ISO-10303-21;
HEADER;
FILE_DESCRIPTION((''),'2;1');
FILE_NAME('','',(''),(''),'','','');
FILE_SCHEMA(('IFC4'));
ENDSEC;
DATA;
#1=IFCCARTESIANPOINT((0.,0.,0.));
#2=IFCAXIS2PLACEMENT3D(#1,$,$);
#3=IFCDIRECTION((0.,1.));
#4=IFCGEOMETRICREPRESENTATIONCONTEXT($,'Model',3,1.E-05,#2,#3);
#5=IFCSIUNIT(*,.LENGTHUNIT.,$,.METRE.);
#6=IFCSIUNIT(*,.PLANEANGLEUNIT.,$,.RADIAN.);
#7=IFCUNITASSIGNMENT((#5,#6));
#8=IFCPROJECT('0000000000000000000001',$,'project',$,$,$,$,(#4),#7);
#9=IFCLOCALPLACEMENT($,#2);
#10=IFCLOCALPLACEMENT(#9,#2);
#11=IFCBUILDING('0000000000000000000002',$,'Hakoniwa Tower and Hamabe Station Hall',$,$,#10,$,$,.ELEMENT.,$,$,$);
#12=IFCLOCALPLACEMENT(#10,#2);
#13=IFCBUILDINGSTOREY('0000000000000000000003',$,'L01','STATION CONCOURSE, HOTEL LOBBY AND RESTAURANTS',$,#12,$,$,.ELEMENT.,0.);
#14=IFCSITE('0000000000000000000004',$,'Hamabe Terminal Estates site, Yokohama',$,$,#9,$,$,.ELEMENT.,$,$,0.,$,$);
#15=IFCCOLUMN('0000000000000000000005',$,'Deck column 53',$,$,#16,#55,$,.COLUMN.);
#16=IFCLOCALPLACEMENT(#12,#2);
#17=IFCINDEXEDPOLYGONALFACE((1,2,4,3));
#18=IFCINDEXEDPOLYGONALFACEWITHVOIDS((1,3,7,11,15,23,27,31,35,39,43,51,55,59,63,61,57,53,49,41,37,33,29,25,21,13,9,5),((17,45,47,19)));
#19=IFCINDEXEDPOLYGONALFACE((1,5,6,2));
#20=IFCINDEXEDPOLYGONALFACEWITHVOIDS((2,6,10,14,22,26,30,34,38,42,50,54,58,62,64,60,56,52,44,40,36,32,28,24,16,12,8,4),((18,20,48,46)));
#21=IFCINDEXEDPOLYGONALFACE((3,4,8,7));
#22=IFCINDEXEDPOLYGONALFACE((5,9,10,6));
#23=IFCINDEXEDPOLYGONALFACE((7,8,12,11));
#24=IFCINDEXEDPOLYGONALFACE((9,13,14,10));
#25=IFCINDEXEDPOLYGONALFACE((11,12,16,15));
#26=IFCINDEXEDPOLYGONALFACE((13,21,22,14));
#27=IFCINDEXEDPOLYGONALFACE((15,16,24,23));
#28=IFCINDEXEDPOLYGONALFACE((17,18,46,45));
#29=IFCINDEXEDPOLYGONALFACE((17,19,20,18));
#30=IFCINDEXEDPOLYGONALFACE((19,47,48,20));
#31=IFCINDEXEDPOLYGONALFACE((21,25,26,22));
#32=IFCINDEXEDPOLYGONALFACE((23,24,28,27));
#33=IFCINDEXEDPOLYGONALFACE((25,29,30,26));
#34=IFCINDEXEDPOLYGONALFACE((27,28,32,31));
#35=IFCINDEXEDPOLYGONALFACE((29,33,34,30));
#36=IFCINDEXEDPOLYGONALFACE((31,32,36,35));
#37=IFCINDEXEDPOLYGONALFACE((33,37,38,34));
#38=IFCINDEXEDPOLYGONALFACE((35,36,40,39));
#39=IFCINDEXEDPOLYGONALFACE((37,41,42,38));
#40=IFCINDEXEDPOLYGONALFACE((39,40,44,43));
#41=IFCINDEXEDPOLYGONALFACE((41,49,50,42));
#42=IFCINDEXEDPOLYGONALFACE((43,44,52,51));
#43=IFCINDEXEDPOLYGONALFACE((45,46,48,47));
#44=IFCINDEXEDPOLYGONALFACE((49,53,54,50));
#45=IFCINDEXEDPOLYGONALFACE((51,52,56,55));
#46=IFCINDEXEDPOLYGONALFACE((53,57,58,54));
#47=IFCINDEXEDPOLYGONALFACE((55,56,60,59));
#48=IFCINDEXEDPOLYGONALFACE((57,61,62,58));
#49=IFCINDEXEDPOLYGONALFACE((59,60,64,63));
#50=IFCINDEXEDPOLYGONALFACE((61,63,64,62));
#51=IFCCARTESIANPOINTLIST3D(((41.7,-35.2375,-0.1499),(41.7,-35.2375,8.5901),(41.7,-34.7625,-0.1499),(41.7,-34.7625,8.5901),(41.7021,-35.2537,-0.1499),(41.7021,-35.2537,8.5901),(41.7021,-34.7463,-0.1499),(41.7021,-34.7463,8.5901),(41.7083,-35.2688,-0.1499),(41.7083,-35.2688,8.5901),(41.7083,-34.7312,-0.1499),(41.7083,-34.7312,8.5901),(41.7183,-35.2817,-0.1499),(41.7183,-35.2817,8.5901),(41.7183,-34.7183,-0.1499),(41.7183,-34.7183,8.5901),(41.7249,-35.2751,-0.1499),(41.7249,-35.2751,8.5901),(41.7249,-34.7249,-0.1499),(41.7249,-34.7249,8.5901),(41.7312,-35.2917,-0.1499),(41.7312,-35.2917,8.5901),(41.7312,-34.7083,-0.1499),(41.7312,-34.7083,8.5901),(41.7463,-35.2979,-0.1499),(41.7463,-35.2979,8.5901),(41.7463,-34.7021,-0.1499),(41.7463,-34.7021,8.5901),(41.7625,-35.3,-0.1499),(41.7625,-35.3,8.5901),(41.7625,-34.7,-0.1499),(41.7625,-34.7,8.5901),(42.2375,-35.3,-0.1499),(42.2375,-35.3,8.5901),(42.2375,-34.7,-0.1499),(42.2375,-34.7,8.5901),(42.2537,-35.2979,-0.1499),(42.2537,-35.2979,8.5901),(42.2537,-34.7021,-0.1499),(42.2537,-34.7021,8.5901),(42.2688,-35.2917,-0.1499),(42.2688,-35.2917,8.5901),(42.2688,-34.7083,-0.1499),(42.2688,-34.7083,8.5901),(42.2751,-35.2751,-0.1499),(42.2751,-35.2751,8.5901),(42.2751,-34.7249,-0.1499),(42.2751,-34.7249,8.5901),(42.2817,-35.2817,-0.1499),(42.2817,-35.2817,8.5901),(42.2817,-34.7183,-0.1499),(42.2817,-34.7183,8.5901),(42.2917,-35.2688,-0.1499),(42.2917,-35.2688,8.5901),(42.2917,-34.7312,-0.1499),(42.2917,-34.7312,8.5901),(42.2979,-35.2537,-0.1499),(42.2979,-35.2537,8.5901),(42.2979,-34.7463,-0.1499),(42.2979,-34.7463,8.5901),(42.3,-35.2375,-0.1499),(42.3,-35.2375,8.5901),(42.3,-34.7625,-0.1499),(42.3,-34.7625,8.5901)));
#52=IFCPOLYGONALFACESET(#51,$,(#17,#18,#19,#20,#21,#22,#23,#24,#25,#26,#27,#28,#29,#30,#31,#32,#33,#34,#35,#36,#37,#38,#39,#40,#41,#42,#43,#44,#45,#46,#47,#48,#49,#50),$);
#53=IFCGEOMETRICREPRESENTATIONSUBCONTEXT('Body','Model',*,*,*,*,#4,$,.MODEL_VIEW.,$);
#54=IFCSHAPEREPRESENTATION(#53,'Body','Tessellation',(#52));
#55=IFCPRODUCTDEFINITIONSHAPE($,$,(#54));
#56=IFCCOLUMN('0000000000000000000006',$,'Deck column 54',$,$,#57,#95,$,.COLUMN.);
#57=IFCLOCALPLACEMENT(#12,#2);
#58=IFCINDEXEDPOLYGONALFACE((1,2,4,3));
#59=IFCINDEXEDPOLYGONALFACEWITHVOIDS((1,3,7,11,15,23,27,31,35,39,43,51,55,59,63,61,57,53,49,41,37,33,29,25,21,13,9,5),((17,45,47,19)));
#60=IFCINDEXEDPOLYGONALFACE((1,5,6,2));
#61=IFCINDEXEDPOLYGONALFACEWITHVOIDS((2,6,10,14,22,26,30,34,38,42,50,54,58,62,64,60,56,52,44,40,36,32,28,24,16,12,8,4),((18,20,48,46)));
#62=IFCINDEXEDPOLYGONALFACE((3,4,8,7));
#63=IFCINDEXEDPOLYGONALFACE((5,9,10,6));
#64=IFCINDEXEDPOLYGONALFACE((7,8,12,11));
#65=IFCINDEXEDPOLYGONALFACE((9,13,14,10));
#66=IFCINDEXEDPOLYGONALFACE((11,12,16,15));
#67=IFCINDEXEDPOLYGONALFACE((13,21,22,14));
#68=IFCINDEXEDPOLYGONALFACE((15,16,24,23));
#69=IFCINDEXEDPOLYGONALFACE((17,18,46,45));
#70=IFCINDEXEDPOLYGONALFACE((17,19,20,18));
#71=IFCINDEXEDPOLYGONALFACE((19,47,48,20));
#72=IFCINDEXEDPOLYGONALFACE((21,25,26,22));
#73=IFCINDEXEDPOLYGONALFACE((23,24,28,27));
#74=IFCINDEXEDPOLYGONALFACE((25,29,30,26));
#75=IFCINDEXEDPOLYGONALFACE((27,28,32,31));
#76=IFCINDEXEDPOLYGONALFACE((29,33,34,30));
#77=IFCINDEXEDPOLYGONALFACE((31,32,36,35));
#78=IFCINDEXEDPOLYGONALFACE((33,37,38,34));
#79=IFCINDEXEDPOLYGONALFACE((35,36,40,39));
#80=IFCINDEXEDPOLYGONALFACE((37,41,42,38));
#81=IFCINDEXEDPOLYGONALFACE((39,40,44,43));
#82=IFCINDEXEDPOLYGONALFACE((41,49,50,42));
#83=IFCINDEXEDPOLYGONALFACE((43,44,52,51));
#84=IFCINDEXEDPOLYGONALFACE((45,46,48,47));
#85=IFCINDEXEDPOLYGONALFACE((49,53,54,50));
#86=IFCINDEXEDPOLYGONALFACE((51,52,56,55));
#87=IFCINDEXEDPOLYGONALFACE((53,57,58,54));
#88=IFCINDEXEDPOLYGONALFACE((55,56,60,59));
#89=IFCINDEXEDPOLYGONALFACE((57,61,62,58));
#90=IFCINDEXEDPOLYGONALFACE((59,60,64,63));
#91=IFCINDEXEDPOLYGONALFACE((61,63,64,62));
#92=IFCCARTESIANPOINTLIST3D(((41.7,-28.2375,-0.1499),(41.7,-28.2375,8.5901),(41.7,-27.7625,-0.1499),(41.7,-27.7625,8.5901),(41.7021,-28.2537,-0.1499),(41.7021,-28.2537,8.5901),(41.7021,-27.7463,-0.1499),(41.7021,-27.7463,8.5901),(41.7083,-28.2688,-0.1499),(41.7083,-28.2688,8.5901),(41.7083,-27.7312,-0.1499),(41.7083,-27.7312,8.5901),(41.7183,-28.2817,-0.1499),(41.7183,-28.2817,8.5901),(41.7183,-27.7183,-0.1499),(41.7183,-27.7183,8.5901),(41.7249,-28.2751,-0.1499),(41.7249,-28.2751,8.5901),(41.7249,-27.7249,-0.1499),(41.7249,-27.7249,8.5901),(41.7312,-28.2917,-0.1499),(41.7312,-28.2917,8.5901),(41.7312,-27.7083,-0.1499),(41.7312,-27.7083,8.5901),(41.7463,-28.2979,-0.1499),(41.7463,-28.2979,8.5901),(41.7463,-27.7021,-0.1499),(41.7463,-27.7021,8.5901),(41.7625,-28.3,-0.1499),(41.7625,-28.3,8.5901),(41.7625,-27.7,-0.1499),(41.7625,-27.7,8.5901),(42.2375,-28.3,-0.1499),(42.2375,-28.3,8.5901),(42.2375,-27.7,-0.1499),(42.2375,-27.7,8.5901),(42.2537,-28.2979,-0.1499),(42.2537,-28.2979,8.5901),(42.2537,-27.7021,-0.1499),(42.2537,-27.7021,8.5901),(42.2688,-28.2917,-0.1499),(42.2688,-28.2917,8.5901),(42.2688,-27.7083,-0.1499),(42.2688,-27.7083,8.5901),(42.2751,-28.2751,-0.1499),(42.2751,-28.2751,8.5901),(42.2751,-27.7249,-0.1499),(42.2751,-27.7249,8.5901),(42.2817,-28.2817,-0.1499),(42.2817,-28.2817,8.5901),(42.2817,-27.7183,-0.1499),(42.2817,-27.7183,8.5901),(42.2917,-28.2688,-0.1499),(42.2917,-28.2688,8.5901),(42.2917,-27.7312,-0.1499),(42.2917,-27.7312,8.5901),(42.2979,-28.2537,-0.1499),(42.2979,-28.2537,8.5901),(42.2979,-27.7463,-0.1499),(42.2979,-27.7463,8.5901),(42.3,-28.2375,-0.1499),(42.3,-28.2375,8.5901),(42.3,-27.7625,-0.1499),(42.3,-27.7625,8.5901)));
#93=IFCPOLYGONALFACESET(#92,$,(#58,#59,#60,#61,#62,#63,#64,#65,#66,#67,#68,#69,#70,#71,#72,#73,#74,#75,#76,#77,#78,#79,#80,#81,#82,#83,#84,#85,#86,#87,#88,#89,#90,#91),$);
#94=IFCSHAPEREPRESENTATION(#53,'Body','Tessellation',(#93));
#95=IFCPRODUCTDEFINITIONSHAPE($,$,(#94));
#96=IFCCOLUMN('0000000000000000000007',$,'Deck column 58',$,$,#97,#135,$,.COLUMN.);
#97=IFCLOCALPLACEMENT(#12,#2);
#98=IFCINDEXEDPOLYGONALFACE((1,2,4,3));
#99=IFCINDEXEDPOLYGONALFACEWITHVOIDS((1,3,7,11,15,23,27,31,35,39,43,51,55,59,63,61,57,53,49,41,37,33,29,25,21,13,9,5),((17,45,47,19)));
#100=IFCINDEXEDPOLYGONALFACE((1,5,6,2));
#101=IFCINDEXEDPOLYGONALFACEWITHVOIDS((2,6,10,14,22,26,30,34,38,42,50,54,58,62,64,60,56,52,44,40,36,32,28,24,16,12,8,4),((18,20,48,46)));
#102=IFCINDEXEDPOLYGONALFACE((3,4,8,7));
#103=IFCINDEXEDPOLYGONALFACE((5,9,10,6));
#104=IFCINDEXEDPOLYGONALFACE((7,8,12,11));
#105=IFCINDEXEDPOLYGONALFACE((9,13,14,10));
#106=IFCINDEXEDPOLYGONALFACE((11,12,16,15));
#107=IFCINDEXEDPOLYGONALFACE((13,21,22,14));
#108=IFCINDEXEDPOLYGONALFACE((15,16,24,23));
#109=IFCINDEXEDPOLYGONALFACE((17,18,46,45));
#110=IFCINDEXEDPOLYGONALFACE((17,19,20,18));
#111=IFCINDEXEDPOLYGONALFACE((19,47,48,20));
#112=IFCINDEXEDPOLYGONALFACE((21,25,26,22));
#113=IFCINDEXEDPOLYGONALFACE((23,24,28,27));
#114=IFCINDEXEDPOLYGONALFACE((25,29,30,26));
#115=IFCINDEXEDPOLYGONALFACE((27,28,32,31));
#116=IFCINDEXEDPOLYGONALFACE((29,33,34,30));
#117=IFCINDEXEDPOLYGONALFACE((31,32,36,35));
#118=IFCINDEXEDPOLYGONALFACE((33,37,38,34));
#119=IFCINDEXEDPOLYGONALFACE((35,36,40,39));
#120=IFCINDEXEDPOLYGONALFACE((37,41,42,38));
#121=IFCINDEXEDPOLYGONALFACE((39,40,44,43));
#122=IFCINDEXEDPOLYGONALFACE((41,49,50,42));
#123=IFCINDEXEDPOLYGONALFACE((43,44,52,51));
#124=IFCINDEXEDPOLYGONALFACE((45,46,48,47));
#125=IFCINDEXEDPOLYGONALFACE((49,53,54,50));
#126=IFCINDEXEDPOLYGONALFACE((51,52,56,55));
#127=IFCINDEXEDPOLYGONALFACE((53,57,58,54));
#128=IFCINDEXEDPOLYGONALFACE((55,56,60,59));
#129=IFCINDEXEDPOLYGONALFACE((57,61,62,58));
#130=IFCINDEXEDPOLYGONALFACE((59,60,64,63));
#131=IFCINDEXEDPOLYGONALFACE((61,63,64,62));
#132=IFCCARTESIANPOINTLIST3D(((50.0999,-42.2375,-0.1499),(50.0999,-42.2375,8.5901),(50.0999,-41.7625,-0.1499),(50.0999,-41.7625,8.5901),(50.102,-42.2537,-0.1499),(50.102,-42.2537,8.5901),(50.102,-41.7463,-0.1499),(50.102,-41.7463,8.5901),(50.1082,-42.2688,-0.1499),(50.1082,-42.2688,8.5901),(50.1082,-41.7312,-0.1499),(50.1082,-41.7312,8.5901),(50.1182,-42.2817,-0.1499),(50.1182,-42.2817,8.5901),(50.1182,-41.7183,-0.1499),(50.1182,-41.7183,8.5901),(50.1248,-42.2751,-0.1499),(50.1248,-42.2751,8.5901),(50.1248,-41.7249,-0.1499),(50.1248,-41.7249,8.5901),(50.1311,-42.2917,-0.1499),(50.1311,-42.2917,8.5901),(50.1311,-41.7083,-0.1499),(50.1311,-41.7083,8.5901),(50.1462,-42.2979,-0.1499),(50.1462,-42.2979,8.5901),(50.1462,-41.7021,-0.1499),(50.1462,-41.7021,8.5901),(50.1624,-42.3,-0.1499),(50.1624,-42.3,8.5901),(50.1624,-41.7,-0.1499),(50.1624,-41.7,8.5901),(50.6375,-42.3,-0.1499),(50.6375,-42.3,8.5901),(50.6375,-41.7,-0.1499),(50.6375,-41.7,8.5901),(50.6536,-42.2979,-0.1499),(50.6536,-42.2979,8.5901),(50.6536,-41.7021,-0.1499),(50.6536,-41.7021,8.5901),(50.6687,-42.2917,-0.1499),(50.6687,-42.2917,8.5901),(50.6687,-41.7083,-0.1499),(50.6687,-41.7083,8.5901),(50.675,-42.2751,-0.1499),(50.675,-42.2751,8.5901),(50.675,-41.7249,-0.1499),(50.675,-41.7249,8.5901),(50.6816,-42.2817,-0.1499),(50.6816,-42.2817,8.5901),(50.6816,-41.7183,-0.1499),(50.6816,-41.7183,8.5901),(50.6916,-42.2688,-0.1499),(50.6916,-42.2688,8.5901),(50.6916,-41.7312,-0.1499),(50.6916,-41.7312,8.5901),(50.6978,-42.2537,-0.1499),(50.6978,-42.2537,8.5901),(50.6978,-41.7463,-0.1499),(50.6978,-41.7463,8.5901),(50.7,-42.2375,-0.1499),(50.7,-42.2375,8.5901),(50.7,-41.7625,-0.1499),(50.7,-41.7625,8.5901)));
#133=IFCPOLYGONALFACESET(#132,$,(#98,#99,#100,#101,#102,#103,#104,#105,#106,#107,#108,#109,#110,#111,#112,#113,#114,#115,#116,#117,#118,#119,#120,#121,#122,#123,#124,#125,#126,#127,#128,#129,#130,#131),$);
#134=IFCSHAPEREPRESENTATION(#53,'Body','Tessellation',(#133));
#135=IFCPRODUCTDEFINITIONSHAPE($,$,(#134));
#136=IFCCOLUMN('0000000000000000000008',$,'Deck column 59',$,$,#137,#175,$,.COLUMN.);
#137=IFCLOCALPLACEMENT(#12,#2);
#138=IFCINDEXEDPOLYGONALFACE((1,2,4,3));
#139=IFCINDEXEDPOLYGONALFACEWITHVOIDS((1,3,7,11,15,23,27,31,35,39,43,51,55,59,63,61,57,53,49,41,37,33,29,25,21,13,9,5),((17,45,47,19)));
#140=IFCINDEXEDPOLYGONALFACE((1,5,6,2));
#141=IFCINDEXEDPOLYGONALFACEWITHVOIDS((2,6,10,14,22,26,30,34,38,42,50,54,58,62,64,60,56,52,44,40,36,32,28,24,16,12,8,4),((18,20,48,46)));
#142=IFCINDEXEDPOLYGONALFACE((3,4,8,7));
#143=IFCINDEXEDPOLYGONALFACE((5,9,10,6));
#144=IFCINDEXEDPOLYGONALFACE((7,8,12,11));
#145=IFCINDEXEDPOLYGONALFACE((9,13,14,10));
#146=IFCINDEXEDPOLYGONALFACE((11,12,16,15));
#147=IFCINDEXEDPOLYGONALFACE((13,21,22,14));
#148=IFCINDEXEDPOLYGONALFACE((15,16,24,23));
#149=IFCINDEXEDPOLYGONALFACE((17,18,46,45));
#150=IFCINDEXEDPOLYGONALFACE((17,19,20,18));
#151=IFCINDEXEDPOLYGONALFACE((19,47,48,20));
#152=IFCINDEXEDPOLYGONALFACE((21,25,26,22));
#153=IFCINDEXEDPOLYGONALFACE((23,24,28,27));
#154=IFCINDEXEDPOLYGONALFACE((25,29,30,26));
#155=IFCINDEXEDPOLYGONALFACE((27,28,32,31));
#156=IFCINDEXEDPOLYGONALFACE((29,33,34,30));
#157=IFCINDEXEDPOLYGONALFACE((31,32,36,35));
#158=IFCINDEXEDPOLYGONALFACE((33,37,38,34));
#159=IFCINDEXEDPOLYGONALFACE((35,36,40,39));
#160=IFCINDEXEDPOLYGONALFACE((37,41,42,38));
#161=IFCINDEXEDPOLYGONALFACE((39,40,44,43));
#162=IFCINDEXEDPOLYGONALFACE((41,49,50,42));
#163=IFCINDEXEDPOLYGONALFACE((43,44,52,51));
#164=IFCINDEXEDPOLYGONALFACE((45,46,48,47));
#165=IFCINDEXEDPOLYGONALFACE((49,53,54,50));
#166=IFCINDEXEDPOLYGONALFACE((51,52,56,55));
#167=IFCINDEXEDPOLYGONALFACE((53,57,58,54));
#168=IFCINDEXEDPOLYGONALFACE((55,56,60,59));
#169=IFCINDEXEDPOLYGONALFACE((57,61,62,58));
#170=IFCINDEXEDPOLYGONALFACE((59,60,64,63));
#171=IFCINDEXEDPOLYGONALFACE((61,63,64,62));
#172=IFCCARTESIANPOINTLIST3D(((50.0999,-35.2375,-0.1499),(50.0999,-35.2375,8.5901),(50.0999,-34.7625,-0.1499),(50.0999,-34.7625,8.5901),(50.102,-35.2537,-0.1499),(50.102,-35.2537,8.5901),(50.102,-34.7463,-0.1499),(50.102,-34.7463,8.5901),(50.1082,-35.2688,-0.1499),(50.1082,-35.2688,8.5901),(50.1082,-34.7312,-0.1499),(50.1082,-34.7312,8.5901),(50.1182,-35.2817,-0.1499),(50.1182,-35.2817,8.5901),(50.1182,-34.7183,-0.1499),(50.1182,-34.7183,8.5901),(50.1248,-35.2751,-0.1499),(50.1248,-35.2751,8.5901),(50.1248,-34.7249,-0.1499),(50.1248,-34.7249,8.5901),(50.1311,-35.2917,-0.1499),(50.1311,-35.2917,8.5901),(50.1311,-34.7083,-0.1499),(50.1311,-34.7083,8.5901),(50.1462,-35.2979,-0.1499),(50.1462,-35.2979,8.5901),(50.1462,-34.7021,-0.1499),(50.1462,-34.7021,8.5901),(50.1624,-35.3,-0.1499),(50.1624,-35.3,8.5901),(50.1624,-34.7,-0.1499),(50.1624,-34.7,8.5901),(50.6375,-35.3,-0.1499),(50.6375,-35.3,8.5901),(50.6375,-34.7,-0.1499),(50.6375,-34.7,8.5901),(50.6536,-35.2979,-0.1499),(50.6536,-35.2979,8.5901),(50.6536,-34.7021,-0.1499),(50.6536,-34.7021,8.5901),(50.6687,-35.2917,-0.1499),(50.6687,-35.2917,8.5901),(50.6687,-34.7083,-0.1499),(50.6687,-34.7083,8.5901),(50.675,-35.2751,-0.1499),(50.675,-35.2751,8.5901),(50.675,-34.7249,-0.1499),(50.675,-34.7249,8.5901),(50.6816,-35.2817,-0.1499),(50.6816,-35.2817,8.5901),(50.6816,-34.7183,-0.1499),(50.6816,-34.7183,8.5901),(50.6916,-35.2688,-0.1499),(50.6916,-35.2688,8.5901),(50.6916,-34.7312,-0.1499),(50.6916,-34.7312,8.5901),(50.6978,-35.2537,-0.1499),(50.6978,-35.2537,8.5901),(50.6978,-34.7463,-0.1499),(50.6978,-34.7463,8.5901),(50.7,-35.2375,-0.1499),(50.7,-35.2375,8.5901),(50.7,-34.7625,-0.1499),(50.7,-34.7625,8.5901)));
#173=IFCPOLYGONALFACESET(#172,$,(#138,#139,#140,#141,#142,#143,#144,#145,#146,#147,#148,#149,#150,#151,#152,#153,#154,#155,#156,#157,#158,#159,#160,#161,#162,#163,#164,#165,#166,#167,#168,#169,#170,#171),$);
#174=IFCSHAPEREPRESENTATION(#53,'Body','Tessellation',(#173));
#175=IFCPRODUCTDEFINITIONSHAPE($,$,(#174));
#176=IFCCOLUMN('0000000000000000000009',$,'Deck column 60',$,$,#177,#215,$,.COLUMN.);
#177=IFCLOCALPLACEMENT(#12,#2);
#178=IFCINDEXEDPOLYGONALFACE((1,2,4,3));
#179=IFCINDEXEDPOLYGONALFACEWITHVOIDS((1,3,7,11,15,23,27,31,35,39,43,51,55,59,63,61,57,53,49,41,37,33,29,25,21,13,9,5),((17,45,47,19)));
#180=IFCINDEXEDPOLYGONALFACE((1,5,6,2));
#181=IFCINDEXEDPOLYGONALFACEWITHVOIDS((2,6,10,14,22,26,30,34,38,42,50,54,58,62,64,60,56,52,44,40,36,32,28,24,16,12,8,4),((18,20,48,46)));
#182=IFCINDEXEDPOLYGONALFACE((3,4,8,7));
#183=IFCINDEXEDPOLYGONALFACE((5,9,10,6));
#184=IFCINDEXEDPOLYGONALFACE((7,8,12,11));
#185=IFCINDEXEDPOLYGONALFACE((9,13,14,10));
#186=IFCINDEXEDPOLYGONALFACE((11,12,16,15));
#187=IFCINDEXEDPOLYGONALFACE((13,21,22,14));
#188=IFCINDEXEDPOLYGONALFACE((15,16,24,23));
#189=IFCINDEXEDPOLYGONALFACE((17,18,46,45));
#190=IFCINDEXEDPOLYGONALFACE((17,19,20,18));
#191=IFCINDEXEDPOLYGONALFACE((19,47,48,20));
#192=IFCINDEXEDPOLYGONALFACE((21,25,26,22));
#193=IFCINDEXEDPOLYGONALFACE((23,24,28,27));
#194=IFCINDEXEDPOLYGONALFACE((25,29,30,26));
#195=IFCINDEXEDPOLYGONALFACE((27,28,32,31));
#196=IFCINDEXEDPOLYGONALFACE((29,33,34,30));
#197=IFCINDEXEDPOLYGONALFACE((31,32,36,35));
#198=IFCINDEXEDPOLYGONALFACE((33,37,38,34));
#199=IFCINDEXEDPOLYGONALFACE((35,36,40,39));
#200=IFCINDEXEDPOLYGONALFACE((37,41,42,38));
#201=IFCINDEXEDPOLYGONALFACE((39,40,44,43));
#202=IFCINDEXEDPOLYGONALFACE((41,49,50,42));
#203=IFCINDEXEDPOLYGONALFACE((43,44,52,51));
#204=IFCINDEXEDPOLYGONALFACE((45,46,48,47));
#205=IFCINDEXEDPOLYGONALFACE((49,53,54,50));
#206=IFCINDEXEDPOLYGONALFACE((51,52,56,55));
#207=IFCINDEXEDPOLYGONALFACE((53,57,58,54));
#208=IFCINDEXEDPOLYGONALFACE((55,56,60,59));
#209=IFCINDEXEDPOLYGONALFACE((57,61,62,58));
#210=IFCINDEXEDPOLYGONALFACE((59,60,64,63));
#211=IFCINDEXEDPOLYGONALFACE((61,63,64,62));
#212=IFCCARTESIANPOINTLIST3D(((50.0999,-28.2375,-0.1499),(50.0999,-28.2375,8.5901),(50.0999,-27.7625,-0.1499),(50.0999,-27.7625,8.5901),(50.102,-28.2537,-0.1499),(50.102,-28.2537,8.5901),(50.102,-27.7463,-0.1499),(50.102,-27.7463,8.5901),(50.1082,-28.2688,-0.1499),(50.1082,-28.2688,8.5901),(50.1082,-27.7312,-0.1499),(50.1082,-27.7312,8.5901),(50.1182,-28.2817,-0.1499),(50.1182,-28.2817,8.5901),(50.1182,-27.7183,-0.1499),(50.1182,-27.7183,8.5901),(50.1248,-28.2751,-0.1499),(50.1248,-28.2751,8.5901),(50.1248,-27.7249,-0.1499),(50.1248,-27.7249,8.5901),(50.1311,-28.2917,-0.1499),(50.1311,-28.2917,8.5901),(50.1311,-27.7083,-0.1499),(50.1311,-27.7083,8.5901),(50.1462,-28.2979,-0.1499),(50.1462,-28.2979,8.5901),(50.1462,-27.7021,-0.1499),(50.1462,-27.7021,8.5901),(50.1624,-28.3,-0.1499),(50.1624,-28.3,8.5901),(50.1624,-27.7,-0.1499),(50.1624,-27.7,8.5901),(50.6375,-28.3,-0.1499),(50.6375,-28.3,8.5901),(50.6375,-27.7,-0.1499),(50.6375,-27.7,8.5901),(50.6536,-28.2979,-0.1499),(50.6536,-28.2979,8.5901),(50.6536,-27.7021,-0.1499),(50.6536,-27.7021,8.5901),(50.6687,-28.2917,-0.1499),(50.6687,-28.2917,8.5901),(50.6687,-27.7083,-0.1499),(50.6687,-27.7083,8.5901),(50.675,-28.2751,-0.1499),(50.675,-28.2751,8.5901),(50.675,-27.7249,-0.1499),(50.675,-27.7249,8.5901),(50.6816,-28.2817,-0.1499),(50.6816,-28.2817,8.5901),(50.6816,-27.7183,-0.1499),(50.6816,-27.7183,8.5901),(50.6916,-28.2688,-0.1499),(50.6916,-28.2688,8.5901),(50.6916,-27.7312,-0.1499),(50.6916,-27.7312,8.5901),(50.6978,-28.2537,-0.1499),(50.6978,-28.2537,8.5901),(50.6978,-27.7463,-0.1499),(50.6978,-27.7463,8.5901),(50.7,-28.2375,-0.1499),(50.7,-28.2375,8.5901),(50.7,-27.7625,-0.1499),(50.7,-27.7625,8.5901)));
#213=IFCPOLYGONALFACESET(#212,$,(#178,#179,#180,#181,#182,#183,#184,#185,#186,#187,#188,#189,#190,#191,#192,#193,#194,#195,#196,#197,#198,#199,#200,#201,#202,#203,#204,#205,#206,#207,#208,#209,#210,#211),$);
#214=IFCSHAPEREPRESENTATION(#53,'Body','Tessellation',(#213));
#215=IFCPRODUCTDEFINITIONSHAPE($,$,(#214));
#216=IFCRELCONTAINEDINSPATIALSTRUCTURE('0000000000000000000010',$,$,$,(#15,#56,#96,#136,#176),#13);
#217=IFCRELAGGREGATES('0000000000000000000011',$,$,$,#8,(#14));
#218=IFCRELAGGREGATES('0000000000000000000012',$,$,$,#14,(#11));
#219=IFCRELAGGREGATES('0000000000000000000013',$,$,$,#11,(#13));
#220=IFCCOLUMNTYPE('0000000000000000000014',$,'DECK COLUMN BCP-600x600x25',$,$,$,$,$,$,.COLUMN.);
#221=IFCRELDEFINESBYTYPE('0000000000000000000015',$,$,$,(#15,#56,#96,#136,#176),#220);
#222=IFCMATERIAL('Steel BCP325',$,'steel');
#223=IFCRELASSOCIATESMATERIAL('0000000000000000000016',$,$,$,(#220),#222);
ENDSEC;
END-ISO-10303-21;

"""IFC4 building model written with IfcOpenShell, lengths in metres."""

from ifc_helpers import new_model, si_unit, direction, frame, origin, origin_2d, place, context, subcontext, project, spatial, hollow_rectangle, extrude, material, material_profile, profile_set, type_object, element, save


model = new_model("IFC4")

# Units and contexts
model_context = context("Model", 3, precision=1e-05, world=origin(), true_north=direction((0.0, 1.0)))
body_context = subcontext(model_context, "Body", "Model", "MODEL_VIEW")
ifc_project = project(units=[si_unit("LENGTHUNIT", "METRE"), si_unit("PLANEANGLEUNIT", "RADIAN")], contexts=[model_context])

# Site, building, storey
site_placement = place(None, origin())
site = spatial("IfcSite", under=ifc_project, at=site_placement, Name="Hamabe Terminal Estates site, Yokohama", CompositionType="ELEMENT", RefElevation=0.0)
building_placement = place(site_placement, origin())
building = spatial("IfcBuilding", under=site, at=building_placement, Name="Hakoniwa Tower and Hamabe Station Hall", CompositionType="ELEMENT")
storey_placement = place(building_placement, origin())
storey = spatial("IfcBuildingStorey", under=building, at=storey_placement, Name="L01", Description="STATION CONCOURSE, HOTEL LOBBY AND RESTAURANTS", CompositionType="ELEMENT", Elevation=0.0)

# Columns
ifc_material_1 = material(Name="Steel BCP325", Category="steel")
ifc_material_profile_1 = material_profile(ifc_material_1, hollow_rectangle(XDim=0.6001, YDim=0.6001, WallThickness=0.0249, OuterFilletRadius=0.0625, at=origin_2d()), Name="DECK COLUMN BCP-600x600x25")
ifc_profile_set_1 = profile_set([ifc_material_profile_1], Name="Steel BCP325")
column_type_1 = type_object("IfcColumnType", Name="DECK COLUMN BCP-600x600x25", PredefinedType="COLUMN", material=ifc_profile_set_1)
for number, where, z_axis, x_axis, name in (
    (1, (42.0, -35.0, -0.1499), (0.0, 0.0, 1.0), (1.0, 0.0, 0.0), "Deck column 53"),
    (2, (42.0, -28.0, -0.1499), (0.0, 0.0, 1.0), (1.0, 0.0, 0.0), "Deck column 54"),
    (3, (50.3999, -42.0, -0.1499), (0.0, 0.0, 1.0), (1.0, 0.0, 0.0), "Deck column 58"),
    (4, (50.3999, -35.0, -0.1499), (0.0, 0.0, 1.0), (1.0, 0.0, 0.0), "Deck column 59"),
    (5, (50.3999, -28.0, -0.1499), (0.0, 0.0, 1.0), (1.0, 0.0, 0.0), "Deck column 60"),
):
    element("IfcColumn", number, at=place(storey_placement, frame(where, z_axis=z_axis, x_axis=x_axis)), inside=storey, type_object=column_type_1, Name=name, PredefinedType="COLUMN", context=body_context, shape_type="SweptSolid", body=[
        extrude(hollow_rectangle(XDim=0.6001, YDim=0.6001, WallThickness=0.0249, OuterFilletRadius=0.0625, at=origin_2d()), origin(), (0.0, 0.0, 1.0), 8.74),
    ])

save(model, "model.ifc")
